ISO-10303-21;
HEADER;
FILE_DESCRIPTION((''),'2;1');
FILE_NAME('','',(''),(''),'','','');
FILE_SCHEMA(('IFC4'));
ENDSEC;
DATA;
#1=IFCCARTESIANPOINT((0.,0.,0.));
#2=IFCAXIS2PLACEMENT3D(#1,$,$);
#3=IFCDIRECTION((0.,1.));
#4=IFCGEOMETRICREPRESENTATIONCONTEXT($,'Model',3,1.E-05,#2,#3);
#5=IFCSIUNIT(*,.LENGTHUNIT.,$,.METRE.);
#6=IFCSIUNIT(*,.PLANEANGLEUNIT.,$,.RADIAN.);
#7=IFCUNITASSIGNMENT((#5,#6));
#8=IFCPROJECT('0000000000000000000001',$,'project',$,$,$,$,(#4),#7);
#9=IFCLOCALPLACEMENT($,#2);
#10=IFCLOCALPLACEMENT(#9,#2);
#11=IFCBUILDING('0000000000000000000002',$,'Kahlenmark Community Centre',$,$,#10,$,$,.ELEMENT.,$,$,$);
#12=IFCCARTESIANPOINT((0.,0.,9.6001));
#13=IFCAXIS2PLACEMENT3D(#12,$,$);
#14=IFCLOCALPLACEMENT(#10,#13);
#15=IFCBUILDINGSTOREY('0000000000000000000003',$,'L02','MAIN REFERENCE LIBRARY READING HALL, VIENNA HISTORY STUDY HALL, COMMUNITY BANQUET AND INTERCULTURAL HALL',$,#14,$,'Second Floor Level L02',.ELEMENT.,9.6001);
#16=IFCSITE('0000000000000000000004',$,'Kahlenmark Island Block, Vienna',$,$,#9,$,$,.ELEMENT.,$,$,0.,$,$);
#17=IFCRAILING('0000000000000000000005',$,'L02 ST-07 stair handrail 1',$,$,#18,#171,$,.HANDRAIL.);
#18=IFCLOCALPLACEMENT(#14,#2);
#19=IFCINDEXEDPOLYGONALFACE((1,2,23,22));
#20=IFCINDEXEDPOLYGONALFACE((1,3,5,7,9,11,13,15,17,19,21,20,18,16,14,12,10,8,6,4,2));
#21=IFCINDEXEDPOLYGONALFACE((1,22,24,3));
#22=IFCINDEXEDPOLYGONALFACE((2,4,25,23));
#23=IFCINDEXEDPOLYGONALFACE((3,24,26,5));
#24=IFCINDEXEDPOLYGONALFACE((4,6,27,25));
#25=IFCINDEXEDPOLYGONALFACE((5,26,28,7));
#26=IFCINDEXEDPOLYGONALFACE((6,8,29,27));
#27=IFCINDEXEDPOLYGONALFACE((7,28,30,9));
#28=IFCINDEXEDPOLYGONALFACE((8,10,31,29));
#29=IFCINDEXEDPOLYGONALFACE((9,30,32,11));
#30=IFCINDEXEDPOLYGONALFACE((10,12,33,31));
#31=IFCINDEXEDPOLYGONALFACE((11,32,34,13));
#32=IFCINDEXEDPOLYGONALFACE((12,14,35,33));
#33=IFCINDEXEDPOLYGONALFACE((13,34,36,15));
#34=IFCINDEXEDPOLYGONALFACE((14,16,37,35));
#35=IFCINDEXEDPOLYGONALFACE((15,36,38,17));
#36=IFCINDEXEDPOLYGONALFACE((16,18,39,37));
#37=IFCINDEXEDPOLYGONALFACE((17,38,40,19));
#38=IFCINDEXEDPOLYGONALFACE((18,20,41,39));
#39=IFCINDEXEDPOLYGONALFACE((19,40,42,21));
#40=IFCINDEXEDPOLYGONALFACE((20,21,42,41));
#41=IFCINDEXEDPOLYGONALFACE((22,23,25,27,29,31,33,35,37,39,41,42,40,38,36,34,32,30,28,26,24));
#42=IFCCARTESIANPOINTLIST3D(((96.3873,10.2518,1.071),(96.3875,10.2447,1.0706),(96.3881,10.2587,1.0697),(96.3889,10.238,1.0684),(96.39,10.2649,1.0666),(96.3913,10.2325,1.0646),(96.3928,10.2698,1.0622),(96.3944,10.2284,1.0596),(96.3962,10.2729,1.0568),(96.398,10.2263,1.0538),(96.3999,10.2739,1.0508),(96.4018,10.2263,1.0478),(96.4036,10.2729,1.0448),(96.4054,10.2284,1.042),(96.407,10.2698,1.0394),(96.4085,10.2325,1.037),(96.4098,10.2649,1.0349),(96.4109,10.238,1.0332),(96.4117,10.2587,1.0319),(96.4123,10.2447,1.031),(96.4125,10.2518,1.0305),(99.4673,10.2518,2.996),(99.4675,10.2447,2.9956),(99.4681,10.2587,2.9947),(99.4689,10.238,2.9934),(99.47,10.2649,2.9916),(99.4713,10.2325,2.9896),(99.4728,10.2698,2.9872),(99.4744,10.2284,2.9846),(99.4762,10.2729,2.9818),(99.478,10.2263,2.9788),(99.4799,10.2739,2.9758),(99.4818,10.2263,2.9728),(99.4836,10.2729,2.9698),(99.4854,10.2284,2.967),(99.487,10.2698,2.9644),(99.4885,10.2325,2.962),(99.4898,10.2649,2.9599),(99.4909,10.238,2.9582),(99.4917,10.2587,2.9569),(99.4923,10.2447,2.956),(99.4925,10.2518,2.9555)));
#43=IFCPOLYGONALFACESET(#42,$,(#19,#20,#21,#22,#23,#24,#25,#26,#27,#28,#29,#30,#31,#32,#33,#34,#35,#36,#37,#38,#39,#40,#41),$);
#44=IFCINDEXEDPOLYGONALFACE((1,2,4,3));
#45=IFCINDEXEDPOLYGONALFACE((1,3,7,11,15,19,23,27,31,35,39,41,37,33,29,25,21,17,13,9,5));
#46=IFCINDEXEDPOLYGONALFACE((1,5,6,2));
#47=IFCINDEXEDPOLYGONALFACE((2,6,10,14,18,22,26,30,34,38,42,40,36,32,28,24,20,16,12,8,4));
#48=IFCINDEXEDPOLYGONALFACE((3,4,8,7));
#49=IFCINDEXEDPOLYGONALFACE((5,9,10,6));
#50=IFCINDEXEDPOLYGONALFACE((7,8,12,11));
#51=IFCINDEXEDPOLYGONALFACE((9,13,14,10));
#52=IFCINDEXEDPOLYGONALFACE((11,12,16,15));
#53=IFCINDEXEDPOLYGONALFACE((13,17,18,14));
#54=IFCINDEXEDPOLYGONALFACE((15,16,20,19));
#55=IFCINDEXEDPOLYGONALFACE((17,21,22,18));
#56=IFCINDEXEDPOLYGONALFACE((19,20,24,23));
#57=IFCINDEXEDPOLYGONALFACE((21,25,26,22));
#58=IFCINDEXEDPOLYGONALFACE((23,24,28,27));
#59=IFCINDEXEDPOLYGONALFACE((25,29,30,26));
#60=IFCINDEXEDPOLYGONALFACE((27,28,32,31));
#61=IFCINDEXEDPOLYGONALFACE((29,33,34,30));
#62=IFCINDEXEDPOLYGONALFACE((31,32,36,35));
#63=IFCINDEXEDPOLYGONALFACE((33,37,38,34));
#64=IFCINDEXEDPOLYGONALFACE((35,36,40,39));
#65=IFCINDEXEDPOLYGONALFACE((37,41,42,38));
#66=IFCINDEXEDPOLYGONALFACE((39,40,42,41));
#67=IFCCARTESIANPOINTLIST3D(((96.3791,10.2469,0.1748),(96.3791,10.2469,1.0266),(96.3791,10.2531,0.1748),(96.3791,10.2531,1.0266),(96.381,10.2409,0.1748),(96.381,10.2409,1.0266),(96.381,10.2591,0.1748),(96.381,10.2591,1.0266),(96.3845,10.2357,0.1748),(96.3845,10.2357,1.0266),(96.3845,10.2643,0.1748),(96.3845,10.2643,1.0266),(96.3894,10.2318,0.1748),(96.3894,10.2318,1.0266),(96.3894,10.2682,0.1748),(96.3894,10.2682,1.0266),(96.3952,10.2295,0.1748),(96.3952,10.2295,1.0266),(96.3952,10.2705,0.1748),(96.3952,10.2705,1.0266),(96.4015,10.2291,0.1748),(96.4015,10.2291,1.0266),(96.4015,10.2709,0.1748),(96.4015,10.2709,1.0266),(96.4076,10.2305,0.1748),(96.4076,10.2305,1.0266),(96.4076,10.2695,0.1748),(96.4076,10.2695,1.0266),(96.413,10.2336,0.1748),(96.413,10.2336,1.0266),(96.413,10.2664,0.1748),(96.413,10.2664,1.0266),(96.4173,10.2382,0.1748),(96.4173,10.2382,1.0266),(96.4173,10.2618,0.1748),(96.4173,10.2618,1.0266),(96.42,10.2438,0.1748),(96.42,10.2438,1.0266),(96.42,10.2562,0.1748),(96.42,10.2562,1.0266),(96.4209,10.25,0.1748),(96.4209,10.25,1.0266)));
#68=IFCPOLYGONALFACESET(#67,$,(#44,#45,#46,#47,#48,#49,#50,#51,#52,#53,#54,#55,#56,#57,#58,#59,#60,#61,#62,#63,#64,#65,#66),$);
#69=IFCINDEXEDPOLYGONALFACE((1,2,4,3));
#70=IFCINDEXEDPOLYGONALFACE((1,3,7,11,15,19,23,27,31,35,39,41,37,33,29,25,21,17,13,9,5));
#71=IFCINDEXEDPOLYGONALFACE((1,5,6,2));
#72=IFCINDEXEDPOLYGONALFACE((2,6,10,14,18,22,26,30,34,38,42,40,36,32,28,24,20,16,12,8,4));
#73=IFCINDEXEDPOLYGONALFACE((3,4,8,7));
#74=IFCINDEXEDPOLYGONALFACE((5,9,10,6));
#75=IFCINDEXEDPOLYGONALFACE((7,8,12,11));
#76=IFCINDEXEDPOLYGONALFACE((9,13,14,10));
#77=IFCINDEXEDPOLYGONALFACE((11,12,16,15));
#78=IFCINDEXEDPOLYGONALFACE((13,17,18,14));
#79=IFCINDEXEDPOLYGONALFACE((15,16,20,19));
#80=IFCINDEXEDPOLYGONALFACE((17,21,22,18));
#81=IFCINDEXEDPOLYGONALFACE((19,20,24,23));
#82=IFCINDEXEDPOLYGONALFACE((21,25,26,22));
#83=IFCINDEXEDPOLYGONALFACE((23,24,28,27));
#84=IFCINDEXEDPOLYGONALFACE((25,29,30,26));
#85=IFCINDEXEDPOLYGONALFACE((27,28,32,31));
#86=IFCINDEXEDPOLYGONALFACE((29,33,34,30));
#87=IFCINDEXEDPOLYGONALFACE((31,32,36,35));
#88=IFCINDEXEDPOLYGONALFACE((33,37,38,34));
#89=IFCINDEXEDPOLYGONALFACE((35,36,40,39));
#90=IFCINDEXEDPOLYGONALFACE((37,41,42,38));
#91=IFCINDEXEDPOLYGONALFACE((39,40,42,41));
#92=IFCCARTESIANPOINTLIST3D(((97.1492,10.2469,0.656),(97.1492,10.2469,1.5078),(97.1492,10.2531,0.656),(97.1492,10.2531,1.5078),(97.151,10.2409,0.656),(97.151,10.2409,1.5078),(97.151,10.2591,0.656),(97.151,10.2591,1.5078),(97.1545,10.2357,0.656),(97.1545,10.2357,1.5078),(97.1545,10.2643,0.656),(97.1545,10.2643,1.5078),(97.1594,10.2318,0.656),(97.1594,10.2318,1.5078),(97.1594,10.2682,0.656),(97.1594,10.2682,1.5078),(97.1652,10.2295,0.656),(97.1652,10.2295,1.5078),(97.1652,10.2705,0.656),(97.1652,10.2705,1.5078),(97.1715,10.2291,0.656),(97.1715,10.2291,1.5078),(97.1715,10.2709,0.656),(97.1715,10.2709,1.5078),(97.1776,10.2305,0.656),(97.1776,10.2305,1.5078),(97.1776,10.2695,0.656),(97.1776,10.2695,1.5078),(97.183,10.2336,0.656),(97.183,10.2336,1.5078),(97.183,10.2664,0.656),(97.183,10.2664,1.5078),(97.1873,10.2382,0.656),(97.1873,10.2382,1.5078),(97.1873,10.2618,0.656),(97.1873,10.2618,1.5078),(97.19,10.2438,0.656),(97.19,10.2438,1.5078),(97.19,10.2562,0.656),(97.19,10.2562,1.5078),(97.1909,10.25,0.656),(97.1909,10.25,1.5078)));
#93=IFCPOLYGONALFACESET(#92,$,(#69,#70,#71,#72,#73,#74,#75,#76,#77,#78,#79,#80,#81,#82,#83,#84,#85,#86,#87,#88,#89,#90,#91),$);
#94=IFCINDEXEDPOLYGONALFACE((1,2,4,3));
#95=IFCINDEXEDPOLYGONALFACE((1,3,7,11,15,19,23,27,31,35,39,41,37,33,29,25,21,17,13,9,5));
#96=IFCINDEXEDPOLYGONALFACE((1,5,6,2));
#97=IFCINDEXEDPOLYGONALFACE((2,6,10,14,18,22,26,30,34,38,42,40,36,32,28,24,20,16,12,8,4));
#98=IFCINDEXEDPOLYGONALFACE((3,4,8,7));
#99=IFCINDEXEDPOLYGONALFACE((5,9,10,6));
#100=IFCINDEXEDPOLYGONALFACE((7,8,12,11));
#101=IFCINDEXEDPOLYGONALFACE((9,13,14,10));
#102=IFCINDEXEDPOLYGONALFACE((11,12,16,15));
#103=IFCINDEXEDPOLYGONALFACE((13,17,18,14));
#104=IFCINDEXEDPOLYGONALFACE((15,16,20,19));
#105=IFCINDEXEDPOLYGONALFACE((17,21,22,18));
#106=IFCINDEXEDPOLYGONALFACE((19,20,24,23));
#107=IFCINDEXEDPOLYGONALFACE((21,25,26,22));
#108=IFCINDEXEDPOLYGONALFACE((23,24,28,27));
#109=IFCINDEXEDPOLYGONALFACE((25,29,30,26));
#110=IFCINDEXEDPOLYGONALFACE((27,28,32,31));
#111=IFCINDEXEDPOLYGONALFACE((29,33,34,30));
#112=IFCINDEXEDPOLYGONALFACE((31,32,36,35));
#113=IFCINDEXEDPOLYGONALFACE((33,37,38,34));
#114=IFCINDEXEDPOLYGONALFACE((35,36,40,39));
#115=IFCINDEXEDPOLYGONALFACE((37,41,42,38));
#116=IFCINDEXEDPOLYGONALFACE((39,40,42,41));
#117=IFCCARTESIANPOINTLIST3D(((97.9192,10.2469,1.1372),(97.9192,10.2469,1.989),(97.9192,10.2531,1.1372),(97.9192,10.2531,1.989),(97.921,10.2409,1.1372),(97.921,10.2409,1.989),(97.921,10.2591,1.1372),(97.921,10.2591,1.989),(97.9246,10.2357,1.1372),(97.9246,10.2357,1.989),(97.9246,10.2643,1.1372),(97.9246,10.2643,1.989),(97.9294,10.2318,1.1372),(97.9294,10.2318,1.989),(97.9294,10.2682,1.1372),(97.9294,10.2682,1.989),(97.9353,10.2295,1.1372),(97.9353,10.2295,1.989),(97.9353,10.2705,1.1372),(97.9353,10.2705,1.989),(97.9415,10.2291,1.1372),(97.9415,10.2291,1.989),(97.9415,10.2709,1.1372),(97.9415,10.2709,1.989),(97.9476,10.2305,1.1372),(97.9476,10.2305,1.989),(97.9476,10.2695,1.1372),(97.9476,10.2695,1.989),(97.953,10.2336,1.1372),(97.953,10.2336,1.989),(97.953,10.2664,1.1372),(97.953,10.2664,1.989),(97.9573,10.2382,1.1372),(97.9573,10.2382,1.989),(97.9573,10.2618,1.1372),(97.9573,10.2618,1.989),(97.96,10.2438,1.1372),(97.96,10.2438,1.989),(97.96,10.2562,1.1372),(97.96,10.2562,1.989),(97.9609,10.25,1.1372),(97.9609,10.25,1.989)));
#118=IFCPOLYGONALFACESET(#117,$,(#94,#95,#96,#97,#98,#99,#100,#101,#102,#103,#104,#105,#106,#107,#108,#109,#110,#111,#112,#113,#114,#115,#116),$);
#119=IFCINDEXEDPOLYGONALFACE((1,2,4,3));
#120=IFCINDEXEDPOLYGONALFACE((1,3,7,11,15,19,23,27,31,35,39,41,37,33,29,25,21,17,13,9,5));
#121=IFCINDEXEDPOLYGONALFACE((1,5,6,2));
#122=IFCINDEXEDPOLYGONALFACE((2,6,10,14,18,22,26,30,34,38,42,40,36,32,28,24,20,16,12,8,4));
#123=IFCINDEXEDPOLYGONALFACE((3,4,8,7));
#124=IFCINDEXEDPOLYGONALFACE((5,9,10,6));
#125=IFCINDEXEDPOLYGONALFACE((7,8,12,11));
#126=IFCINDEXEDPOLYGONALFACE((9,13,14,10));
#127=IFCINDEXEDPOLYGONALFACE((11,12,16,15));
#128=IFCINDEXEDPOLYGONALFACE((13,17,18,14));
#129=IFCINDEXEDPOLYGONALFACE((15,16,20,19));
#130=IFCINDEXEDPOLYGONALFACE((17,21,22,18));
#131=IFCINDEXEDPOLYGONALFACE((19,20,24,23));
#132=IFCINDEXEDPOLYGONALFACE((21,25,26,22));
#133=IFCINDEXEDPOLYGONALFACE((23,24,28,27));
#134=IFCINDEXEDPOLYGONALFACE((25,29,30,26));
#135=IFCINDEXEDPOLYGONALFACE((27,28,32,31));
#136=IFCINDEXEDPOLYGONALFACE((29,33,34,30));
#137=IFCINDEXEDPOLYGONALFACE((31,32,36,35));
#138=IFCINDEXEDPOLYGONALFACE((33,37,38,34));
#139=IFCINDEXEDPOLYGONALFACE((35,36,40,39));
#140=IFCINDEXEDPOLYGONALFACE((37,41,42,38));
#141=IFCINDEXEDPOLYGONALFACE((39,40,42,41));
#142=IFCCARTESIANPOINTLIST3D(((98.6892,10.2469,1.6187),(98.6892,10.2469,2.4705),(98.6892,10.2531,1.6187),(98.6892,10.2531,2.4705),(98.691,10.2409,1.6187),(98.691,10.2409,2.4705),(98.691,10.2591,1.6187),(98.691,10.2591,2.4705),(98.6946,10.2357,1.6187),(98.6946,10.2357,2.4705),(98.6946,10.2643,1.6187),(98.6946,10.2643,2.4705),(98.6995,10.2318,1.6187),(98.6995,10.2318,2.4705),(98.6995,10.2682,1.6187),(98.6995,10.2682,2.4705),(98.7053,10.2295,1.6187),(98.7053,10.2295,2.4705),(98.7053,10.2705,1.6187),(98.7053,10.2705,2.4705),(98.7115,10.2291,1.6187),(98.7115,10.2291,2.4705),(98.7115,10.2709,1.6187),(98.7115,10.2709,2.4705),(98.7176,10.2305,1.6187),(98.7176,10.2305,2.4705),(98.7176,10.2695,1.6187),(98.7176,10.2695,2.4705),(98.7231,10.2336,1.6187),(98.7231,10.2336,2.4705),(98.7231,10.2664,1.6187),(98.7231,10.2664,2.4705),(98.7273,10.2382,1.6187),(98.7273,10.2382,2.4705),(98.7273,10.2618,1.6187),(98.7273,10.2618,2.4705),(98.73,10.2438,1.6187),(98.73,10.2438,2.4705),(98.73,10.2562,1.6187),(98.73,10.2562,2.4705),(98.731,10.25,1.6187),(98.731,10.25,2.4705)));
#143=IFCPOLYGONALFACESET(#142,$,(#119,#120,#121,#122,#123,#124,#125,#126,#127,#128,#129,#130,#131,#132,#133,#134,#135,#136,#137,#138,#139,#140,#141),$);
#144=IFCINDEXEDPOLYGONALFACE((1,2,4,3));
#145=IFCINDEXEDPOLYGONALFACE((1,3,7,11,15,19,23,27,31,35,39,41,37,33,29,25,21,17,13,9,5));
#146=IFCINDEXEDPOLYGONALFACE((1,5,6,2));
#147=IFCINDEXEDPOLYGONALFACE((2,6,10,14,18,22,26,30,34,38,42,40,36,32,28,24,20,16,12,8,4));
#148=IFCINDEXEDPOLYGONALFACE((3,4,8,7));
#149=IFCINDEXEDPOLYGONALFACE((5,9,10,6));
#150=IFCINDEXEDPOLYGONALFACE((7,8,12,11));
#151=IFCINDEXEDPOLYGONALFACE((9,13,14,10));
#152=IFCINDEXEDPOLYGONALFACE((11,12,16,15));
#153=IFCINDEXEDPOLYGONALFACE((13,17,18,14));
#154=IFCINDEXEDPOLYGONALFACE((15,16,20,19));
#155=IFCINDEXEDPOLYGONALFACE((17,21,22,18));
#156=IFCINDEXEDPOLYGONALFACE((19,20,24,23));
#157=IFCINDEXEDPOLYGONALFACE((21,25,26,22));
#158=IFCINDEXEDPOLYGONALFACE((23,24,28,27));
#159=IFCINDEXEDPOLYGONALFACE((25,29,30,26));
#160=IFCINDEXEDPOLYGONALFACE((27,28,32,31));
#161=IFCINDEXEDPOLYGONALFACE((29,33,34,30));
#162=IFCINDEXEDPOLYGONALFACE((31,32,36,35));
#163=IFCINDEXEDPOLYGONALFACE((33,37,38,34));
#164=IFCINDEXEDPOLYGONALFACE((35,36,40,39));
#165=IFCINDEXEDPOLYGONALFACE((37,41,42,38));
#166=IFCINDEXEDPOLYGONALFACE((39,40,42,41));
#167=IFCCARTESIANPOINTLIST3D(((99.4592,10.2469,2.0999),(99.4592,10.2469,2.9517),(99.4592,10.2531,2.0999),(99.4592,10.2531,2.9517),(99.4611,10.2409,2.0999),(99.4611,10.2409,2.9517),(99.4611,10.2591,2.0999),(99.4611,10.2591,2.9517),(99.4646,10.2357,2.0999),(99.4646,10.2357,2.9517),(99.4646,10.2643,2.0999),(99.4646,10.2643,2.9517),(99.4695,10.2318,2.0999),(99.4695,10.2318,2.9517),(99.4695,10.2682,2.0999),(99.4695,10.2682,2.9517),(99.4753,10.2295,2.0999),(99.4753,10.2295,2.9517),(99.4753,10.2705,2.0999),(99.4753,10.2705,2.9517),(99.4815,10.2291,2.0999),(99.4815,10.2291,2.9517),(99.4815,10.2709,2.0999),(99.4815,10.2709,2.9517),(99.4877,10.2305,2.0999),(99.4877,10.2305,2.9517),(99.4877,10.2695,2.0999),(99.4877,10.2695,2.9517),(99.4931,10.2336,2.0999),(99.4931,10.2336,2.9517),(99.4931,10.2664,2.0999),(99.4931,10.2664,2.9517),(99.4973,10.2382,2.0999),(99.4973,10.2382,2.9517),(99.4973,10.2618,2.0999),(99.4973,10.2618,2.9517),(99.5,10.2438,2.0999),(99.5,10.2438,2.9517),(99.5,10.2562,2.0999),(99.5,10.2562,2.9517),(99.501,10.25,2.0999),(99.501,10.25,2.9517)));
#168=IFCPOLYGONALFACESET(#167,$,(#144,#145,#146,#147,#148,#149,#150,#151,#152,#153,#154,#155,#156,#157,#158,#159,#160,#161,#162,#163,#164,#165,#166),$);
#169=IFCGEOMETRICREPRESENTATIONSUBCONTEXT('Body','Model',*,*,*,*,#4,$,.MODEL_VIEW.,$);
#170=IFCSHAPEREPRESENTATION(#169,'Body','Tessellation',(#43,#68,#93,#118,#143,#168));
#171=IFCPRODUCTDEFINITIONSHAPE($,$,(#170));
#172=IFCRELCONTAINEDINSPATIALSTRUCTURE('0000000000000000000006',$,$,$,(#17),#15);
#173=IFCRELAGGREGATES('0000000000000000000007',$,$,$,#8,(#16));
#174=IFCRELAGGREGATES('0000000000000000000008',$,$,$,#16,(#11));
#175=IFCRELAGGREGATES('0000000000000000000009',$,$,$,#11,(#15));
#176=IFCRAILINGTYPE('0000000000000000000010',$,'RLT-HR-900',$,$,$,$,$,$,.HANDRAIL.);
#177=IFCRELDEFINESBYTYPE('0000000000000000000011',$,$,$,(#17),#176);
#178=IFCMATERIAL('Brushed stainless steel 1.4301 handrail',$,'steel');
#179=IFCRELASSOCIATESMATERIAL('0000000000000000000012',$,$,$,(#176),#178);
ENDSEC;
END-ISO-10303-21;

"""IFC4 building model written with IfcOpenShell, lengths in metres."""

from ifc_helpers import new_model, si_unit, direction, frame, origin, origin_2d, place, context, subcontext, project, spatial, circle, extrude, material, type_object, element, save


model = new_model("IFC4")

# Units and contexts
model_context = context("Model", 3, precision=1e-05, world=origin(), true_north=direction((0.0, 1.0)))
body_context = subcontext(model_context, "Body", "Model", "MODEL_VIEW")
ifc_project = project(units=[si_unit("LENGTHUNIT", "METRE"), si_unit("PLANEANGLEUNIT", "RADIAN")], contexts=[model_context])

# Site, building, storey
site_placement = place(None, origin())
site = spatial("IfcSite", under=ifc_project, at=site_placement, Name="Kahlenmark Island Block, Vienna", CompositionType="ELEMENT", RefElevation=0.0)
building_placement = place(site_placement, origin())
building = spatial("IfcBuilding", under=site, at=building_placement, Name="Kahlenmark Community Centre", CompositionType="ELEMENT")
storey_placement = place(building_placement, frame((0.0, 0.0, 9.6001)))
storey = spatial("IfcBuildingStorey", under=building, at=storey_placement, Name="L02", Description="MAIN REFERENCE LIBRARY READING HALL, VIENNA HISTORY STUDY HALL, COMMUNITY BANQUET AND INTERCULTURAL HALL", LongName="Second Floor Level L02", CompositionType="ELEMENT", Elevation=9.6001)

# Railing
ifc_material_1 = material(Name="Brushed stainless steel 1.4301 handrail", Category="steel")
railing_type_1 = type_object("IfcRailingType", Name="RLT-HR-900", PredefinedType="HANDRAIL", material=ifc_material_1)
railing_1_placement = place(storey_placement, frame((96.3999, 10.25, 0.1748)))
element("IfcRailing", 1, at=railing_1_placement, inside=storey, type_object=railing_type_1, Name="L02 ST-07 stair handrail 1", PredefinedType="HANDRAIL", context=body_context, shape_type="SweptSolid", body=[
    extrude(circle(Radius=0.0239, at=origin_2d()), frame((0.0, 0.0, 0.876), z_axis=(0.847998, 0.0, 0.529999), x_axis=(0.0, 1.0, 0.0)), (0.0, 0.0, 1.0), 3.6321),
    extrude(circle(Radius=0.021, at=origin_2d()), origin(), (0.0, 0.0, 1.0), 0.8518),
    extrude(circle(Radius=0.021, at=origin_2d()), frame((0.77, 0.0, 0.4812)), (0.0, 0.0, 1.0), 0.8518),
    extrude(circle(Radius=0.021, at=origin_2d()), frame((1.54, 0.0, 0.9624)), (0.0, 0.0, 1.0), 0.8518),
    extrude(circle(Radius=0.021, at=origin_2d()), frame((2.3101, 0.0, 1.4438)), (0.0, 0.0, 1.0), 0.8518),
    extrude(circle(Radius=0.021, at=origin_2d()), frame((3.0801, 0.0, 1.925)), (0.0, 0.0, 1.0), 0.8518),
])

save(model, "model.ifc")
